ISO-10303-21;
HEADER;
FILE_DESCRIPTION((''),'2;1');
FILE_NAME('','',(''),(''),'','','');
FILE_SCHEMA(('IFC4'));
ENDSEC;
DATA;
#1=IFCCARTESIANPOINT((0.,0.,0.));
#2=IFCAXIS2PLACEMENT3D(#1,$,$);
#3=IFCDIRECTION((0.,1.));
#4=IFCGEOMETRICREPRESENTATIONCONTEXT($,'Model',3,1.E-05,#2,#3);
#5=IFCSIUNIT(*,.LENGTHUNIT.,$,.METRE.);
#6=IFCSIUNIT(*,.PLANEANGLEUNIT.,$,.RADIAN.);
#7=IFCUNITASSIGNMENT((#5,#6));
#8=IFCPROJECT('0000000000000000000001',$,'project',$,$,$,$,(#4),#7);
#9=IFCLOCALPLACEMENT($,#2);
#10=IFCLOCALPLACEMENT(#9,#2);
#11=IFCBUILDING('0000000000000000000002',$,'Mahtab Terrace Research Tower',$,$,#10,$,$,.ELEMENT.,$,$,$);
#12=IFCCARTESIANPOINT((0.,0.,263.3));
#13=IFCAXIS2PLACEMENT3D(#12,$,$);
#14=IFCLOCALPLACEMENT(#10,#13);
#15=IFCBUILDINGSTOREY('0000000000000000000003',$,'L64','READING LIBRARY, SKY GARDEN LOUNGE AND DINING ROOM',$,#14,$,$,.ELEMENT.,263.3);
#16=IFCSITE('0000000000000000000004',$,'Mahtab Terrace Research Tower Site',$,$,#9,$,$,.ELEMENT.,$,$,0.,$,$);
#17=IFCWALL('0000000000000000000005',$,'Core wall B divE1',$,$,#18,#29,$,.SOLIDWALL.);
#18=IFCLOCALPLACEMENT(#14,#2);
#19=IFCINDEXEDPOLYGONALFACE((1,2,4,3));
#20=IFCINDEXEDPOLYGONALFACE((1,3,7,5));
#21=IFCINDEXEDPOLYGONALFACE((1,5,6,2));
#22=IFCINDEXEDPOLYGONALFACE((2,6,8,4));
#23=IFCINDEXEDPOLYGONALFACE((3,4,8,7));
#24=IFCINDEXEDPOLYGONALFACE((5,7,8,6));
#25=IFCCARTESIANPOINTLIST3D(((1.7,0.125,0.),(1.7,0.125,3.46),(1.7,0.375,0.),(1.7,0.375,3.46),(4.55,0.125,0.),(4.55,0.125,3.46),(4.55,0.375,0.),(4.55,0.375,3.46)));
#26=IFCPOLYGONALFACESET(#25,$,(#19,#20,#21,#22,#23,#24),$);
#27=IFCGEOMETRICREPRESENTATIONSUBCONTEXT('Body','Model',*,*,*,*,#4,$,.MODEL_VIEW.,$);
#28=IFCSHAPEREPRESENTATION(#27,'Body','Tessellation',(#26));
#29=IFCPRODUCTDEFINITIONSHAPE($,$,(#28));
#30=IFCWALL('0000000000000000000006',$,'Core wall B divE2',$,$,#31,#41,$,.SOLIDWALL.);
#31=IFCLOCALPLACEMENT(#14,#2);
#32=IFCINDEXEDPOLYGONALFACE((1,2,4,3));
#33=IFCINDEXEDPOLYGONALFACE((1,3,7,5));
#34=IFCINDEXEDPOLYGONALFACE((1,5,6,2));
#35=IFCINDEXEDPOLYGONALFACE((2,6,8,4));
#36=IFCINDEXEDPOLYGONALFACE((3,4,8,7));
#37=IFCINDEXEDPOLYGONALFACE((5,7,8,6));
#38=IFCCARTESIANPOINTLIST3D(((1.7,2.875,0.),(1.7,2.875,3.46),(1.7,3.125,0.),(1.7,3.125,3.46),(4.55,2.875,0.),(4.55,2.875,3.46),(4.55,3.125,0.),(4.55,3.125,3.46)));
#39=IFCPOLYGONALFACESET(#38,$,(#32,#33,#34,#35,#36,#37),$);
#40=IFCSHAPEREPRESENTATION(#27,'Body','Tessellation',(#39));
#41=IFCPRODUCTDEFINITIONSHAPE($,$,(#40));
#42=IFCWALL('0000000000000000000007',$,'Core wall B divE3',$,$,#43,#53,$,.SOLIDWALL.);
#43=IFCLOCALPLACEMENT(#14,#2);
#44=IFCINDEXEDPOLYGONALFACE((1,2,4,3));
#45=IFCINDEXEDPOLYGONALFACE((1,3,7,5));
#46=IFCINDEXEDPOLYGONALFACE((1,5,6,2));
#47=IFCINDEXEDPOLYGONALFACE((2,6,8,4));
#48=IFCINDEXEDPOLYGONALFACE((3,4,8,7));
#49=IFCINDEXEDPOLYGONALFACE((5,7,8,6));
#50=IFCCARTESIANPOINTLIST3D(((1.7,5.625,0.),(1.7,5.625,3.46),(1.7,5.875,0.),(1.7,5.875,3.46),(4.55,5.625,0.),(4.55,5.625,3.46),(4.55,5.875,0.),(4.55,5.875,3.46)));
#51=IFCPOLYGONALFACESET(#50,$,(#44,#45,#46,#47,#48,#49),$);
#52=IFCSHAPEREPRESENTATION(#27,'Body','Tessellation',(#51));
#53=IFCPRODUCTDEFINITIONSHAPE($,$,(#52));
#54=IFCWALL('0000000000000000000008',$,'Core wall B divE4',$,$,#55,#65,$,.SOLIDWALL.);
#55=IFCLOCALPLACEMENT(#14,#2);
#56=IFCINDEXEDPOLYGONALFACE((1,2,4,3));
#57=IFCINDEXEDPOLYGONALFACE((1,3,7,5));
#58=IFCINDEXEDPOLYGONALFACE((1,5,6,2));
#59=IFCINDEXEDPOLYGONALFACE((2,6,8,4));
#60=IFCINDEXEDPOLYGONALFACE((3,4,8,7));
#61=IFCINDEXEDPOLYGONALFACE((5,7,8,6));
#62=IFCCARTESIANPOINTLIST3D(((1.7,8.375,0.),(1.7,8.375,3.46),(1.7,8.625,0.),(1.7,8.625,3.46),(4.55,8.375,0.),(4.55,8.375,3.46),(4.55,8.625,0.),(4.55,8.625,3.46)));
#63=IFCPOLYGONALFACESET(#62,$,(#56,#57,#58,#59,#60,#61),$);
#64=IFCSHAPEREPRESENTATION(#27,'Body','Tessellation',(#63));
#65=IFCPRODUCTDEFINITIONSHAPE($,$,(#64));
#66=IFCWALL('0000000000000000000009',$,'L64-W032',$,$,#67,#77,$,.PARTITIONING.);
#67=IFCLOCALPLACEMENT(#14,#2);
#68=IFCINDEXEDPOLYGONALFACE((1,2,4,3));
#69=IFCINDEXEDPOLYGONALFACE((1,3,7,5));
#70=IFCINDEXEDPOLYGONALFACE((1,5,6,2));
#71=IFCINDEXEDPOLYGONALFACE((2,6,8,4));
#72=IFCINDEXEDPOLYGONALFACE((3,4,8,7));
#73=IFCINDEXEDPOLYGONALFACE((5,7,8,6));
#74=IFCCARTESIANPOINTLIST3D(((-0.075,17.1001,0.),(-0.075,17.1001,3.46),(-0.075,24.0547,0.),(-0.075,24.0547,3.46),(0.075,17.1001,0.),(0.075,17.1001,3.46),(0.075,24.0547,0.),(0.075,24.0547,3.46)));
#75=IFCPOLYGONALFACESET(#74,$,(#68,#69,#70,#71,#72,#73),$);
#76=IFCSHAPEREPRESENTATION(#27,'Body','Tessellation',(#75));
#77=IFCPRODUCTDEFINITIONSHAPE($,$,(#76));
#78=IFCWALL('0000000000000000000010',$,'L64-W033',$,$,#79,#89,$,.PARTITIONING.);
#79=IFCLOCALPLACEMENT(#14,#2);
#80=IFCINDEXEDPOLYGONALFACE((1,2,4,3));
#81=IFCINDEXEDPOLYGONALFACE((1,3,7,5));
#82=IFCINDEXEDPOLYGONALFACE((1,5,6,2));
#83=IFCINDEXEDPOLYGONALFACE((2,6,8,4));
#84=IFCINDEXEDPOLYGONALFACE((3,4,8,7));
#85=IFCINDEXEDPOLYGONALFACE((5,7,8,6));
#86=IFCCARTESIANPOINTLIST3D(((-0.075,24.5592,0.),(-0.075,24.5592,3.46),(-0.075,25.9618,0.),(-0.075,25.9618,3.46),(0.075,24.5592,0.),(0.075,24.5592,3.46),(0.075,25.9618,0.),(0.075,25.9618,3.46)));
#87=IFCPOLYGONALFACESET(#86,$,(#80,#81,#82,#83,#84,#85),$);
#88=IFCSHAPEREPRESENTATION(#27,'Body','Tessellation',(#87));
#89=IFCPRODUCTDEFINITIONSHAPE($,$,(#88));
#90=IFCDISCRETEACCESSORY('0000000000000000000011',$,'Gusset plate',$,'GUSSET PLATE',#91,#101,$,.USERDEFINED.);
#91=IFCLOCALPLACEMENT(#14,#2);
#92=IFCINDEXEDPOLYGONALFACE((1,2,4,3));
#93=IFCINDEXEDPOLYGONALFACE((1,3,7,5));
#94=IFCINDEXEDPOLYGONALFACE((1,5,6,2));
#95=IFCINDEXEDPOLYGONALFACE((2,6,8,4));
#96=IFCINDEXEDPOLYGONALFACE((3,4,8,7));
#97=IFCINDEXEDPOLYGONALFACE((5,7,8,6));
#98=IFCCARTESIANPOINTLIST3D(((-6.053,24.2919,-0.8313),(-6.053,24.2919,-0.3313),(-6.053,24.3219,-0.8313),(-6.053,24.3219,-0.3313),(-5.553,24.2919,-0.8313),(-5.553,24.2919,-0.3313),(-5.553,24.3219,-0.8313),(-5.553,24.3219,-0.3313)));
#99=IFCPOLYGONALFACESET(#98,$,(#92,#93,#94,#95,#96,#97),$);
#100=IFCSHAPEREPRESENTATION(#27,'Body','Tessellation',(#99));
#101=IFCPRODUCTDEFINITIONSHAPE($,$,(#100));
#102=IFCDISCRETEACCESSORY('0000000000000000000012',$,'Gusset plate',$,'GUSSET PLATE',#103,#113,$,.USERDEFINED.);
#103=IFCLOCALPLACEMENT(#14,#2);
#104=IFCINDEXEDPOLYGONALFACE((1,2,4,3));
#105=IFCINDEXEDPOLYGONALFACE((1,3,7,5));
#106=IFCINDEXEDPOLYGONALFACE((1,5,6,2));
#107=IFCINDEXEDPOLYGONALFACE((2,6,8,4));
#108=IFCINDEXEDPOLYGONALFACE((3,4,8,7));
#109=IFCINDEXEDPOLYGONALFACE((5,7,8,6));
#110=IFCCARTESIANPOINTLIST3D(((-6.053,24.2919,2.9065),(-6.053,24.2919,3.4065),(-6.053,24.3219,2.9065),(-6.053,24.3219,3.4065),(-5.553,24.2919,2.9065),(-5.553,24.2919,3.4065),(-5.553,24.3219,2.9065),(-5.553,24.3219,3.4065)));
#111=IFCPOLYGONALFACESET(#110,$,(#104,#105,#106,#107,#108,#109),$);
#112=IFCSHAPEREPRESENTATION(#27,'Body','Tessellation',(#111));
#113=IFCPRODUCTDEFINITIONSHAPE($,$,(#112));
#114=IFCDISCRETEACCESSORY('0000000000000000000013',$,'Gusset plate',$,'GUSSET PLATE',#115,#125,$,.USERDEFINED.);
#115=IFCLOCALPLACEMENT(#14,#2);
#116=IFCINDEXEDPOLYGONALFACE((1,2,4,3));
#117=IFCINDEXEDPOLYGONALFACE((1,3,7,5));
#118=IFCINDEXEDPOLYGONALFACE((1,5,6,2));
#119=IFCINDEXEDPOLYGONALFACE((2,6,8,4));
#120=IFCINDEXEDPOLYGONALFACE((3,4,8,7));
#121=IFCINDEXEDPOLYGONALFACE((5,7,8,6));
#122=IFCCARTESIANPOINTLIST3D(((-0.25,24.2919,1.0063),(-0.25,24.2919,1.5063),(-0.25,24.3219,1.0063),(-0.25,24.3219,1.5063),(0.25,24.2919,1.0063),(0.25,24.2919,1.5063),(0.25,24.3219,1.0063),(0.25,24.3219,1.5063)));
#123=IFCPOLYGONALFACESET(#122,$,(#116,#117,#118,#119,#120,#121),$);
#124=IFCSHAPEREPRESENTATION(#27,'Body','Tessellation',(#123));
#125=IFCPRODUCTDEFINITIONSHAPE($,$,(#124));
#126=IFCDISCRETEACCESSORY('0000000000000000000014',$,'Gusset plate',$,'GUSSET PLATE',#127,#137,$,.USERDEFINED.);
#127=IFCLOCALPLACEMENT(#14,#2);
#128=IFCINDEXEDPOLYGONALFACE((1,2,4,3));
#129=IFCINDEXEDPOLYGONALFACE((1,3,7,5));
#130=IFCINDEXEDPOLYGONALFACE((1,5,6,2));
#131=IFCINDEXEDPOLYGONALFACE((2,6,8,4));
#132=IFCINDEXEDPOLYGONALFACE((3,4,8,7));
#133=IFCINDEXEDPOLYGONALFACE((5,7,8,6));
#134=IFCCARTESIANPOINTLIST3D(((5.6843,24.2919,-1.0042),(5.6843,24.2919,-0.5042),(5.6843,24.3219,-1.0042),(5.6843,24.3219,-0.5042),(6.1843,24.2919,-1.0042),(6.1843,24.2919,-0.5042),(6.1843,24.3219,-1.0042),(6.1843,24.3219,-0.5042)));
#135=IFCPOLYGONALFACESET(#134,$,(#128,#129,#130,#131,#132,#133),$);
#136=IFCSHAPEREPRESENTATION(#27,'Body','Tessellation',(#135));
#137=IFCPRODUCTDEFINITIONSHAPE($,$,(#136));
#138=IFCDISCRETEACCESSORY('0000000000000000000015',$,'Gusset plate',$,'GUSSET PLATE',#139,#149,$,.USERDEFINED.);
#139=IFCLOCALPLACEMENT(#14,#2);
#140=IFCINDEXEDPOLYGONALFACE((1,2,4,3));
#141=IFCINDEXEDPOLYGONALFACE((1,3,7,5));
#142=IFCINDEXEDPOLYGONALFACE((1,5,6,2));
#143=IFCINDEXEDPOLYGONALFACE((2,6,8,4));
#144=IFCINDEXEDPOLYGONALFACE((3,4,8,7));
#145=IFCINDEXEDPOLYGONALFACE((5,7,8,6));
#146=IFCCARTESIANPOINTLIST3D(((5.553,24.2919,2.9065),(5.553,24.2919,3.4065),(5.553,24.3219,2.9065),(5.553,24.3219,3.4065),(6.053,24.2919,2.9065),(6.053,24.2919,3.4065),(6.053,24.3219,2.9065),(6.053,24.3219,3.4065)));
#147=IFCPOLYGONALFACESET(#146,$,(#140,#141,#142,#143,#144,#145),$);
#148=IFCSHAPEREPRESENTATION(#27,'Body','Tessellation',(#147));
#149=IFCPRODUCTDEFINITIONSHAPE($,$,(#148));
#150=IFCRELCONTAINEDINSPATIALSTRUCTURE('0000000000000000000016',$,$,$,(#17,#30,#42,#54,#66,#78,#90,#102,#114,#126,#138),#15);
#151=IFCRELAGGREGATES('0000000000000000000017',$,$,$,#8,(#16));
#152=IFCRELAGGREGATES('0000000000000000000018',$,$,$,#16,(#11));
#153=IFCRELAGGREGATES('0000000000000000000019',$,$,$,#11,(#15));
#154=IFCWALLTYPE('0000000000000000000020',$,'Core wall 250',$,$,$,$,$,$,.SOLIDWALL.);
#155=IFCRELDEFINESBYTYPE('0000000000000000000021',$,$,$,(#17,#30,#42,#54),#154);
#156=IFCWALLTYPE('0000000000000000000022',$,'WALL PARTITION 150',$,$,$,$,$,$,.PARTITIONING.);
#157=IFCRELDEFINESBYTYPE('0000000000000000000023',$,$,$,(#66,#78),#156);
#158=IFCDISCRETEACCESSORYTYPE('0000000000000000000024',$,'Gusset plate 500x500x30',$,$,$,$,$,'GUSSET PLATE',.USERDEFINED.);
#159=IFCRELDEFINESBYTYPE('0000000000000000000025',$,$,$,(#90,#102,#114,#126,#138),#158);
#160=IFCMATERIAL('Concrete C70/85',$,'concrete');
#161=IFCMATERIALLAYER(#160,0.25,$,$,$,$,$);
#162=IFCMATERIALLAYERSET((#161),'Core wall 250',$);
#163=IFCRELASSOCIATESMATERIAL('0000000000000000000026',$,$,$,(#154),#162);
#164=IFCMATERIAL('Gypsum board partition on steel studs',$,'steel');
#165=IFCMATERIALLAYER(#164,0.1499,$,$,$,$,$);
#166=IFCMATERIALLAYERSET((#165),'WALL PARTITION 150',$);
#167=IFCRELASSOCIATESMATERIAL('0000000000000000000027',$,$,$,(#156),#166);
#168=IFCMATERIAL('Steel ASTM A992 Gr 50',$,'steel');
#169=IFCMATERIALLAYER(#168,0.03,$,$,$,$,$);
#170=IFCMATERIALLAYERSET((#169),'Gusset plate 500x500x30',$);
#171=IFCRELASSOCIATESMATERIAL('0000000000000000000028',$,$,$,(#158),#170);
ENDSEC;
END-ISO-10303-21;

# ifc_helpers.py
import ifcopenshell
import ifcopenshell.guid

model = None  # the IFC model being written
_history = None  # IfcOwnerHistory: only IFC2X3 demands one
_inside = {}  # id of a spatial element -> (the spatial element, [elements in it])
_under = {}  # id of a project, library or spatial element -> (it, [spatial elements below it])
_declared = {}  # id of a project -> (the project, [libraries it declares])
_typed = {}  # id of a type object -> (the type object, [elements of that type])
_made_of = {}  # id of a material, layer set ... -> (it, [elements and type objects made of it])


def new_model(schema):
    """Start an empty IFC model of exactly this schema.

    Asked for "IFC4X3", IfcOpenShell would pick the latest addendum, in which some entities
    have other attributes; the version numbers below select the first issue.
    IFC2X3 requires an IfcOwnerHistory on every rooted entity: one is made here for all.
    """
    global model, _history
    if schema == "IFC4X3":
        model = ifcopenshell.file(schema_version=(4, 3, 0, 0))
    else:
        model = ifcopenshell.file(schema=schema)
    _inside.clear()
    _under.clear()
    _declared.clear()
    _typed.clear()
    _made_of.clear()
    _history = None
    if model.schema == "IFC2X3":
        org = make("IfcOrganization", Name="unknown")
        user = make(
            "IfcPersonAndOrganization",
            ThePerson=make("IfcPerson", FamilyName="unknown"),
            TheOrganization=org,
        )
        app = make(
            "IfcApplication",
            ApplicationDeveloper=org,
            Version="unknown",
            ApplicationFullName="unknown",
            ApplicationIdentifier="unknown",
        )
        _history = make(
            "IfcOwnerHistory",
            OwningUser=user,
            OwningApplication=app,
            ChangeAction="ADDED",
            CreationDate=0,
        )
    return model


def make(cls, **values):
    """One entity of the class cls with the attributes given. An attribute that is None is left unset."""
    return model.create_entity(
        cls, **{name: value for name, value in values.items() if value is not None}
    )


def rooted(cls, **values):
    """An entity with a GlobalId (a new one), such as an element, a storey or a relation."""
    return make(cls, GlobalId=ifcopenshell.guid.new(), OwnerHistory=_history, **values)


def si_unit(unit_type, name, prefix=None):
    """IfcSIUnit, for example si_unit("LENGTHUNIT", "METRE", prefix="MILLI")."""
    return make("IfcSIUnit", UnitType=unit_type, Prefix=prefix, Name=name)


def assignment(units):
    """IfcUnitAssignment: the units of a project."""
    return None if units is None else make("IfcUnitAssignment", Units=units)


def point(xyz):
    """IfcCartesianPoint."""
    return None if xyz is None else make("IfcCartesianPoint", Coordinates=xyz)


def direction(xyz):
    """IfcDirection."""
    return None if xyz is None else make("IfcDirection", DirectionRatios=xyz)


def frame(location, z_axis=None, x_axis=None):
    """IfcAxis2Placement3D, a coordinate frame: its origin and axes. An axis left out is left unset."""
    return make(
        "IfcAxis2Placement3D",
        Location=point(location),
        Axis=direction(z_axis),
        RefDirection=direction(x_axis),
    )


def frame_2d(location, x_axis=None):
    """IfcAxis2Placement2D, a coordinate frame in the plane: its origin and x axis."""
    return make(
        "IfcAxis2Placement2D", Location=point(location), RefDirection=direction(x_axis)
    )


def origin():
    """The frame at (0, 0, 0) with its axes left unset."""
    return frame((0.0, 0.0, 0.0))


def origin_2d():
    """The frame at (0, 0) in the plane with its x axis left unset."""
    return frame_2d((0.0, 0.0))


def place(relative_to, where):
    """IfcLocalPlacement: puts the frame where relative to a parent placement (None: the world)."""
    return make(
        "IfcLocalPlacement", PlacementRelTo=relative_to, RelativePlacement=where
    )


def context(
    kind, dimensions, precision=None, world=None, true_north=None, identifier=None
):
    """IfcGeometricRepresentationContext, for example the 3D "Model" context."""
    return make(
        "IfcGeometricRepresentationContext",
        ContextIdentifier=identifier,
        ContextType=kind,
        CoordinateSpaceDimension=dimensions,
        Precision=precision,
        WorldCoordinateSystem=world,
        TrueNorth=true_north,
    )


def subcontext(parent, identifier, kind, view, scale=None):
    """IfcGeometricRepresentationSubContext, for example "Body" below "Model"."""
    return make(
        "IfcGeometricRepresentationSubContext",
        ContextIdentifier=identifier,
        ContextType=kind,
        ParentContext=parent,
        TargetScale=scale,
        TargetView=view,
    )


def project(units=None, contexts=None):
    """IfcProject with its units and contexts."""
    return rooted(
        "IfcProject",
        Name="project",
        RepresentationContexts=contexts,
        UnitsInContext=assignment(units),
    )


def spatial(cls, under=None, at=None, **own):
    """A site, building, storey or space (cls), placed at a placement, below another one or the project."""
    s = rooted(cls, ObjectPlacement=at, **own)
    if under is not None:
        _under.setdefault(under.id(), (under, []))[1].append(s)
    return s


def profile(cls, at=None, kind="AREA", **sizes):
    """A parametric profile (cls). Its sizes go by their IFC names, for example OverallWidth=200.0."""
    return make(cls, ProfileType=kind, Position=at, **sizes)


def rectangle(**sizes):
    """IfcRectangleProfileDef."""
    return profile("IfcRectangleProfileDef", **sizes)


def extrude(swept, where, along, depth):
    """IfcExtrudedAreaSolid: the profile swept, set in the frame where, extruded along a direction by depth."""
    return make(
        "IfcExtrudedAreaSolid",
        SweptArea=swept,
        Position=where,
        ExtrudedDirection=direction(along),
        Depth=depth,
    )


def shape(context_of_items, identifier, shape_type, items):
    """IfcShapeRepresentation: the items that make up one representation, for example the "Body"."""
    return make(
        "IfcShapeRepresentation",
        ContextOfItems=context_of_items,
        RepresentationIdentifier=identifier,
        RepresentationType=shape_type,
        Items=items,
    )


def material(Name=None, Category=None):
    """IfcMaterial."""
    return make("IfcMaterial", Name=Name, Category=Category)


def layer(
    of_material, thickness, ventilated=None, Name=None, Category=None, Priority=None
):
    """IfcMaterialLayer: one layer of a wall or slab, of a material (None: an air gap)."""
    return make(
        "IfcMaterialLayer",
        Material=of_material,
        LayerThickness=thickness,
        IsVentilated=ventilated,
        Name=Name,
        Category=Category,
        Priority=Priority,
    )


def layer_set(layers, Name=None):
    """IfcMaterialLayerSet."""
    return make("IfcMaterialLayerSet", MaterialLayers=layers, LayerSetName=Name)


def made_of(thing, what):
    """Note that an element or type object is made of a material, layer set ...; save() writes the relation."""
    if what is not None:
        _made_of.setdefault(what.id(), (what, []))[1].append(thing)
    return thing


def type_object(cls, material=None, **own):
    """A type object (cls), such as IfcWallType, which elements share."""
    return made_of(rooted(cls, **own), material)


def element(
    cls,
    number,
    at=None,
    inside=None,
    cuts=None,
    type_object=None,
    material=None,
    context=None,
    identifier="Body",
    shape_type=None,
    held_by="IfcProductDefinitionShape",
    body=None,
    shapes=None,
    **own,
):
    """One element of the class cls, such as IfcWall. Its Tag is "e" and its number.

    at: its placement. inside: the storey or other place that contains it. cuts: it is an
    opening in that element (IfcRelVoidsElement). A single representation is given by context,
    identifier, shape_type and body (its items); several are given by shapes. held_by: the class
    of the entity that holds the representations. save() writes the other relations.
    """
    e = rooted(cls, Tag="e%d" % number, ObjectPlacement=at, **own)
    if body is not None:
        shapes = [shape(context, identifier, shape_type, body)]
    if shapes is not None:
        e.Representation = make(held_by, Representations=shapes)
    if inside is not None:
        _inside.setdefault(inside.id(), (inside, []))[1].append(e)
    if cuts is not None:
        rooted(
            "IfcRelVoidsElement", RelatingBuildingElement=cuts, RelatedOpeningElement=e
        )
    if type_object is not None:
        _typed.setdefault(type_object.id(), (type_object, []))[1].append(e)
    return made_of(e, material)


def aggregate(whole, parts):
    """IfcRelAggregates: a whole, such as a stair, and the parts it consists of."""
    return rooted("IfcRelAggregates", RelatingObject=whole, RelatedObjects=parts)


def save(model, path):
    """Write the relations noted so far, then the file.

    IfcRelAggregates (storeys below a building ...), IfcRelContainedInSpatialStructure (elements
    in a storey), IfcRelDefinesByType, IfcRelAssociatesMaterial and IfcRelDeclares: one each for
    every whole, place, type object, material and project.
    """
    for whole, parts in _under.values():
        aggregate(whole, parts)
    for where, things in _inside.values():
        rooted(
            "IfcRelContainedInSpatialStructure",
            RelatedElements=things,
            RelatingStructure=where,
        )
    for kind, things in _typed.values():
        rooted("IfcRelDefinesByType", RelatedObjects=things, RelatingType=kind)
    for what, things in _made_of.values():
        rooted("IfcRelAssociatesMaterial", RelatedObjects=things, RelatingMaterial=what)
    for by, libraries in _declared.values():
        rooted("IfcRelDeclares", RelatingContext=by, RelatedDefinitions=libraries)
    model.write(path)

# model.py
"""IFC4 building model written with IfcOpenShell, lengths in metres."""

from ifc_helpers import new_model, si_unit, direction, frame, frame_2d, origin, origin_2d, place, context, subcontext, project, spatial, rectangle, extrude, material, layer, layer_set, type_object, element, save


model = new_model("IFC4")

# Units and contexts
model_context = context("Model", 3, precision=1e-05, world=origin(), true_north=direction((0.0, 1.0)))
body_context = subcontext(model_context, "Body", "Model", "MODEL_VIEW")
ifc_project = project(units=[si_unit("LENGTHUNIT", "METRE"), si_unit("PLANEANGLEUNIT", "RADIAN")], contexts=[model_context])

# Site, building, storey
site_placement = place(None, origin())
site = spatial("IfcSite", under=ifc_project, at=site_placement, Name="Mahtab Terrace Research Tower Site", CompositionType="ELEMENT", RefElevation=0.0)
building_placement = place(site_placement, origin())
building = spatial("IfcBuilding", under=site, at=building_placement, Name="Mahtab Terrace Research Tower", CompositionType="ELEMENT")
storey_placement = place(building_placement, frame((0.0, 0.0, 263.3)))
storey = spatial("IfcBuildingStorey", under=building, at=storey_placement, Name="L64", Description="READING LIBRARY, SKY GARDEN LOUNGE AND DINING ROOM", CompositionType="ELEMENT", Elevation=263.3)

# Shared definitions
ifc_material_1 = material(Name="Concrete C70/85", Category="concrete")
ifc_material_2 = material(Name="Steel ASTM A992 Gr 50", Category="steel")

# Shared definitions
ifc_layer_1 = layer(ifc_material_1, 0.25)
ifc_layer_set_1 = layer_set([ifc_layer_1], Name="Core wall 250")
wall_type_1 = type_object("IfcWallType", Name="Core wall 250", PredefinedType="SOLIDWALL", material=ifc_layer_set_1)

# Walls
for number, where, z_axis, x_axis, name in (
    (1, (1.7, 0.25, 0.0), (0.0, 0.0, 1.0), (1.0, 0.0, 0.0), "Core wall B divE1"),
    (2, (1.7, 3.0, 0.0), (0.0, 0.0, 1.0), (1.0, 0.0, 0.0), "Core wall B divE2"),
    (3, (1.7, 5.75, 0.0), (0.0, 0.0, 1.0), (1.0, 0.0, 0.0), "Core wall B divE3"),
    (4, (1.7, 8.5, 0.0), (0.0, 0.0, 1.0), (1.0, 0.0, 0.0), "Core wall B divE4"),
):
    element("IfcWall", number, at=place(storey_placement, frame(where, z_axis=z_axis, x_axis=x_axis)), inside=storey, type_object=wall_type_1, Name=name, PredefinedType="SOLIDWALL", context=body_context, shape_type="SweptSolid", body=[
        extrude(rectangle(XDim=2.8501, YDim=0.25, at=frame_2d((1.425, 0.0))), origin(), (0.0, 0.0, 1.0), 3.46),
    ])
ifc_material_3 = material(Name="Gypsum board partition on steel studs", Category="steel")
ifc_layer_2 = layer(ifc_material_3, 0.1499)
ifc_layer_set_2 = layer_set([ifc_layer_2], Name="WALL PARTITION 150")
wall_type_2 = type_object("IfcWallType", Name="WALL PARTITION 150", PredefinedType="PARTITIONING", material=ifc_layer_set_2)
wall_1_placement = place(storey_placement, frame((0.0, 17.1001, 0.0), z_axis=(0.0, 0.0, 1.0), x_axis=(0.0, 1.0, 0.0)))
element("IfcWall", 5, at=wall_1_placement, inside=storey, type_object=wall_type_2, Name="L64-W032", PredefinedType="PARTITIONING", context=body_context, shape_type="SweptSolid", body=[
    extrude(rectangle(XDim=6.9546, YDim=0.1499, at=frame_2d((3.4773, 0.0))), origin(), (0.0, 0.0, 1.0), 3.46),
])
wall_2_placement = place(storey_placement, frame((0.0, 24.5593, 0.0), z_axis=(0.0, 0.0, 1.0), x_axis=(0.0, 1.0, 0.0)))
element("IfcWall", 6, at=wall_2_placement, inside=storey, type_object=wall_type_2, Name="L64-W033", PredefinedType="PARTITIONING", context=body_context, shape_type="SweptSolid", body=[
    extrude(rectangle(XDim=1.4026, YDim=0.1499, at=frame_2d((0.7012, 0.0))), origin(), (0.0, 0.0, 1.0), 3.46),
])

# Discrete accessories
ifc_layer_3 = layer(ifc_material_2, 0.03)
ifc_layer_set_3 = layer_set([ifc_layer_3], Name="Gusset plate 500x500x30")
discrete_accessory_type = type_object("IfcDiscreteAccessoryType", Name="Gusset plate 500x500x30", ElementType="GUSSET PLATE", PredefinedType="USERDEFINED", material=ifc_layer_set_3)
for number, where, z_axis, x_axis, name in (
    (7, (-5.803, 24.3069, -0.8313), (0.0, 0.0, 1.0), (1.0, 0.0, 0.0), "Gusset plate"),
    (8, (-5.803, 24.3069, 2.9065), (0.0, 0.0, 1.0), (1.0, 0.0, 0.0), "Gusset plate"),
    (9, (0.0, 24.3069, 1.0063), (0.0, 0.0, 1.0), (1.0, 0.0, 0.0), "Gusset plate"),
    (10, (5.9343, 24.3069, -1.0042), (0.0, 0.0, 1.0), (1.0, 0.0, 0.0), "Gusset plate"),
    (11, (5.803, 24.3069, 2.9065), (0.0, 0.0, 1.0), (1.0, 0.0, 0.0), "Gusset plate"),
):
    element("IfcDiscreteAccessory", number, at=place(storey_placement, frame(where, z_axis=z_axis, x_axis=x_axis)), inside=storey, type_object=discrete_accessory_type, Name=name, ObjectType="GUSSET PLATE", PredefinedType="USERDEFINED", context=body_context, shape_type="SweptSolid", body=[
        extrude(rectangle(XDim=0.5, YDim=0.03, at=origin_2d()), origin(), (0.0, 0.0, 1.0), 0.5),
    ])

save(model, "model.ifc")
